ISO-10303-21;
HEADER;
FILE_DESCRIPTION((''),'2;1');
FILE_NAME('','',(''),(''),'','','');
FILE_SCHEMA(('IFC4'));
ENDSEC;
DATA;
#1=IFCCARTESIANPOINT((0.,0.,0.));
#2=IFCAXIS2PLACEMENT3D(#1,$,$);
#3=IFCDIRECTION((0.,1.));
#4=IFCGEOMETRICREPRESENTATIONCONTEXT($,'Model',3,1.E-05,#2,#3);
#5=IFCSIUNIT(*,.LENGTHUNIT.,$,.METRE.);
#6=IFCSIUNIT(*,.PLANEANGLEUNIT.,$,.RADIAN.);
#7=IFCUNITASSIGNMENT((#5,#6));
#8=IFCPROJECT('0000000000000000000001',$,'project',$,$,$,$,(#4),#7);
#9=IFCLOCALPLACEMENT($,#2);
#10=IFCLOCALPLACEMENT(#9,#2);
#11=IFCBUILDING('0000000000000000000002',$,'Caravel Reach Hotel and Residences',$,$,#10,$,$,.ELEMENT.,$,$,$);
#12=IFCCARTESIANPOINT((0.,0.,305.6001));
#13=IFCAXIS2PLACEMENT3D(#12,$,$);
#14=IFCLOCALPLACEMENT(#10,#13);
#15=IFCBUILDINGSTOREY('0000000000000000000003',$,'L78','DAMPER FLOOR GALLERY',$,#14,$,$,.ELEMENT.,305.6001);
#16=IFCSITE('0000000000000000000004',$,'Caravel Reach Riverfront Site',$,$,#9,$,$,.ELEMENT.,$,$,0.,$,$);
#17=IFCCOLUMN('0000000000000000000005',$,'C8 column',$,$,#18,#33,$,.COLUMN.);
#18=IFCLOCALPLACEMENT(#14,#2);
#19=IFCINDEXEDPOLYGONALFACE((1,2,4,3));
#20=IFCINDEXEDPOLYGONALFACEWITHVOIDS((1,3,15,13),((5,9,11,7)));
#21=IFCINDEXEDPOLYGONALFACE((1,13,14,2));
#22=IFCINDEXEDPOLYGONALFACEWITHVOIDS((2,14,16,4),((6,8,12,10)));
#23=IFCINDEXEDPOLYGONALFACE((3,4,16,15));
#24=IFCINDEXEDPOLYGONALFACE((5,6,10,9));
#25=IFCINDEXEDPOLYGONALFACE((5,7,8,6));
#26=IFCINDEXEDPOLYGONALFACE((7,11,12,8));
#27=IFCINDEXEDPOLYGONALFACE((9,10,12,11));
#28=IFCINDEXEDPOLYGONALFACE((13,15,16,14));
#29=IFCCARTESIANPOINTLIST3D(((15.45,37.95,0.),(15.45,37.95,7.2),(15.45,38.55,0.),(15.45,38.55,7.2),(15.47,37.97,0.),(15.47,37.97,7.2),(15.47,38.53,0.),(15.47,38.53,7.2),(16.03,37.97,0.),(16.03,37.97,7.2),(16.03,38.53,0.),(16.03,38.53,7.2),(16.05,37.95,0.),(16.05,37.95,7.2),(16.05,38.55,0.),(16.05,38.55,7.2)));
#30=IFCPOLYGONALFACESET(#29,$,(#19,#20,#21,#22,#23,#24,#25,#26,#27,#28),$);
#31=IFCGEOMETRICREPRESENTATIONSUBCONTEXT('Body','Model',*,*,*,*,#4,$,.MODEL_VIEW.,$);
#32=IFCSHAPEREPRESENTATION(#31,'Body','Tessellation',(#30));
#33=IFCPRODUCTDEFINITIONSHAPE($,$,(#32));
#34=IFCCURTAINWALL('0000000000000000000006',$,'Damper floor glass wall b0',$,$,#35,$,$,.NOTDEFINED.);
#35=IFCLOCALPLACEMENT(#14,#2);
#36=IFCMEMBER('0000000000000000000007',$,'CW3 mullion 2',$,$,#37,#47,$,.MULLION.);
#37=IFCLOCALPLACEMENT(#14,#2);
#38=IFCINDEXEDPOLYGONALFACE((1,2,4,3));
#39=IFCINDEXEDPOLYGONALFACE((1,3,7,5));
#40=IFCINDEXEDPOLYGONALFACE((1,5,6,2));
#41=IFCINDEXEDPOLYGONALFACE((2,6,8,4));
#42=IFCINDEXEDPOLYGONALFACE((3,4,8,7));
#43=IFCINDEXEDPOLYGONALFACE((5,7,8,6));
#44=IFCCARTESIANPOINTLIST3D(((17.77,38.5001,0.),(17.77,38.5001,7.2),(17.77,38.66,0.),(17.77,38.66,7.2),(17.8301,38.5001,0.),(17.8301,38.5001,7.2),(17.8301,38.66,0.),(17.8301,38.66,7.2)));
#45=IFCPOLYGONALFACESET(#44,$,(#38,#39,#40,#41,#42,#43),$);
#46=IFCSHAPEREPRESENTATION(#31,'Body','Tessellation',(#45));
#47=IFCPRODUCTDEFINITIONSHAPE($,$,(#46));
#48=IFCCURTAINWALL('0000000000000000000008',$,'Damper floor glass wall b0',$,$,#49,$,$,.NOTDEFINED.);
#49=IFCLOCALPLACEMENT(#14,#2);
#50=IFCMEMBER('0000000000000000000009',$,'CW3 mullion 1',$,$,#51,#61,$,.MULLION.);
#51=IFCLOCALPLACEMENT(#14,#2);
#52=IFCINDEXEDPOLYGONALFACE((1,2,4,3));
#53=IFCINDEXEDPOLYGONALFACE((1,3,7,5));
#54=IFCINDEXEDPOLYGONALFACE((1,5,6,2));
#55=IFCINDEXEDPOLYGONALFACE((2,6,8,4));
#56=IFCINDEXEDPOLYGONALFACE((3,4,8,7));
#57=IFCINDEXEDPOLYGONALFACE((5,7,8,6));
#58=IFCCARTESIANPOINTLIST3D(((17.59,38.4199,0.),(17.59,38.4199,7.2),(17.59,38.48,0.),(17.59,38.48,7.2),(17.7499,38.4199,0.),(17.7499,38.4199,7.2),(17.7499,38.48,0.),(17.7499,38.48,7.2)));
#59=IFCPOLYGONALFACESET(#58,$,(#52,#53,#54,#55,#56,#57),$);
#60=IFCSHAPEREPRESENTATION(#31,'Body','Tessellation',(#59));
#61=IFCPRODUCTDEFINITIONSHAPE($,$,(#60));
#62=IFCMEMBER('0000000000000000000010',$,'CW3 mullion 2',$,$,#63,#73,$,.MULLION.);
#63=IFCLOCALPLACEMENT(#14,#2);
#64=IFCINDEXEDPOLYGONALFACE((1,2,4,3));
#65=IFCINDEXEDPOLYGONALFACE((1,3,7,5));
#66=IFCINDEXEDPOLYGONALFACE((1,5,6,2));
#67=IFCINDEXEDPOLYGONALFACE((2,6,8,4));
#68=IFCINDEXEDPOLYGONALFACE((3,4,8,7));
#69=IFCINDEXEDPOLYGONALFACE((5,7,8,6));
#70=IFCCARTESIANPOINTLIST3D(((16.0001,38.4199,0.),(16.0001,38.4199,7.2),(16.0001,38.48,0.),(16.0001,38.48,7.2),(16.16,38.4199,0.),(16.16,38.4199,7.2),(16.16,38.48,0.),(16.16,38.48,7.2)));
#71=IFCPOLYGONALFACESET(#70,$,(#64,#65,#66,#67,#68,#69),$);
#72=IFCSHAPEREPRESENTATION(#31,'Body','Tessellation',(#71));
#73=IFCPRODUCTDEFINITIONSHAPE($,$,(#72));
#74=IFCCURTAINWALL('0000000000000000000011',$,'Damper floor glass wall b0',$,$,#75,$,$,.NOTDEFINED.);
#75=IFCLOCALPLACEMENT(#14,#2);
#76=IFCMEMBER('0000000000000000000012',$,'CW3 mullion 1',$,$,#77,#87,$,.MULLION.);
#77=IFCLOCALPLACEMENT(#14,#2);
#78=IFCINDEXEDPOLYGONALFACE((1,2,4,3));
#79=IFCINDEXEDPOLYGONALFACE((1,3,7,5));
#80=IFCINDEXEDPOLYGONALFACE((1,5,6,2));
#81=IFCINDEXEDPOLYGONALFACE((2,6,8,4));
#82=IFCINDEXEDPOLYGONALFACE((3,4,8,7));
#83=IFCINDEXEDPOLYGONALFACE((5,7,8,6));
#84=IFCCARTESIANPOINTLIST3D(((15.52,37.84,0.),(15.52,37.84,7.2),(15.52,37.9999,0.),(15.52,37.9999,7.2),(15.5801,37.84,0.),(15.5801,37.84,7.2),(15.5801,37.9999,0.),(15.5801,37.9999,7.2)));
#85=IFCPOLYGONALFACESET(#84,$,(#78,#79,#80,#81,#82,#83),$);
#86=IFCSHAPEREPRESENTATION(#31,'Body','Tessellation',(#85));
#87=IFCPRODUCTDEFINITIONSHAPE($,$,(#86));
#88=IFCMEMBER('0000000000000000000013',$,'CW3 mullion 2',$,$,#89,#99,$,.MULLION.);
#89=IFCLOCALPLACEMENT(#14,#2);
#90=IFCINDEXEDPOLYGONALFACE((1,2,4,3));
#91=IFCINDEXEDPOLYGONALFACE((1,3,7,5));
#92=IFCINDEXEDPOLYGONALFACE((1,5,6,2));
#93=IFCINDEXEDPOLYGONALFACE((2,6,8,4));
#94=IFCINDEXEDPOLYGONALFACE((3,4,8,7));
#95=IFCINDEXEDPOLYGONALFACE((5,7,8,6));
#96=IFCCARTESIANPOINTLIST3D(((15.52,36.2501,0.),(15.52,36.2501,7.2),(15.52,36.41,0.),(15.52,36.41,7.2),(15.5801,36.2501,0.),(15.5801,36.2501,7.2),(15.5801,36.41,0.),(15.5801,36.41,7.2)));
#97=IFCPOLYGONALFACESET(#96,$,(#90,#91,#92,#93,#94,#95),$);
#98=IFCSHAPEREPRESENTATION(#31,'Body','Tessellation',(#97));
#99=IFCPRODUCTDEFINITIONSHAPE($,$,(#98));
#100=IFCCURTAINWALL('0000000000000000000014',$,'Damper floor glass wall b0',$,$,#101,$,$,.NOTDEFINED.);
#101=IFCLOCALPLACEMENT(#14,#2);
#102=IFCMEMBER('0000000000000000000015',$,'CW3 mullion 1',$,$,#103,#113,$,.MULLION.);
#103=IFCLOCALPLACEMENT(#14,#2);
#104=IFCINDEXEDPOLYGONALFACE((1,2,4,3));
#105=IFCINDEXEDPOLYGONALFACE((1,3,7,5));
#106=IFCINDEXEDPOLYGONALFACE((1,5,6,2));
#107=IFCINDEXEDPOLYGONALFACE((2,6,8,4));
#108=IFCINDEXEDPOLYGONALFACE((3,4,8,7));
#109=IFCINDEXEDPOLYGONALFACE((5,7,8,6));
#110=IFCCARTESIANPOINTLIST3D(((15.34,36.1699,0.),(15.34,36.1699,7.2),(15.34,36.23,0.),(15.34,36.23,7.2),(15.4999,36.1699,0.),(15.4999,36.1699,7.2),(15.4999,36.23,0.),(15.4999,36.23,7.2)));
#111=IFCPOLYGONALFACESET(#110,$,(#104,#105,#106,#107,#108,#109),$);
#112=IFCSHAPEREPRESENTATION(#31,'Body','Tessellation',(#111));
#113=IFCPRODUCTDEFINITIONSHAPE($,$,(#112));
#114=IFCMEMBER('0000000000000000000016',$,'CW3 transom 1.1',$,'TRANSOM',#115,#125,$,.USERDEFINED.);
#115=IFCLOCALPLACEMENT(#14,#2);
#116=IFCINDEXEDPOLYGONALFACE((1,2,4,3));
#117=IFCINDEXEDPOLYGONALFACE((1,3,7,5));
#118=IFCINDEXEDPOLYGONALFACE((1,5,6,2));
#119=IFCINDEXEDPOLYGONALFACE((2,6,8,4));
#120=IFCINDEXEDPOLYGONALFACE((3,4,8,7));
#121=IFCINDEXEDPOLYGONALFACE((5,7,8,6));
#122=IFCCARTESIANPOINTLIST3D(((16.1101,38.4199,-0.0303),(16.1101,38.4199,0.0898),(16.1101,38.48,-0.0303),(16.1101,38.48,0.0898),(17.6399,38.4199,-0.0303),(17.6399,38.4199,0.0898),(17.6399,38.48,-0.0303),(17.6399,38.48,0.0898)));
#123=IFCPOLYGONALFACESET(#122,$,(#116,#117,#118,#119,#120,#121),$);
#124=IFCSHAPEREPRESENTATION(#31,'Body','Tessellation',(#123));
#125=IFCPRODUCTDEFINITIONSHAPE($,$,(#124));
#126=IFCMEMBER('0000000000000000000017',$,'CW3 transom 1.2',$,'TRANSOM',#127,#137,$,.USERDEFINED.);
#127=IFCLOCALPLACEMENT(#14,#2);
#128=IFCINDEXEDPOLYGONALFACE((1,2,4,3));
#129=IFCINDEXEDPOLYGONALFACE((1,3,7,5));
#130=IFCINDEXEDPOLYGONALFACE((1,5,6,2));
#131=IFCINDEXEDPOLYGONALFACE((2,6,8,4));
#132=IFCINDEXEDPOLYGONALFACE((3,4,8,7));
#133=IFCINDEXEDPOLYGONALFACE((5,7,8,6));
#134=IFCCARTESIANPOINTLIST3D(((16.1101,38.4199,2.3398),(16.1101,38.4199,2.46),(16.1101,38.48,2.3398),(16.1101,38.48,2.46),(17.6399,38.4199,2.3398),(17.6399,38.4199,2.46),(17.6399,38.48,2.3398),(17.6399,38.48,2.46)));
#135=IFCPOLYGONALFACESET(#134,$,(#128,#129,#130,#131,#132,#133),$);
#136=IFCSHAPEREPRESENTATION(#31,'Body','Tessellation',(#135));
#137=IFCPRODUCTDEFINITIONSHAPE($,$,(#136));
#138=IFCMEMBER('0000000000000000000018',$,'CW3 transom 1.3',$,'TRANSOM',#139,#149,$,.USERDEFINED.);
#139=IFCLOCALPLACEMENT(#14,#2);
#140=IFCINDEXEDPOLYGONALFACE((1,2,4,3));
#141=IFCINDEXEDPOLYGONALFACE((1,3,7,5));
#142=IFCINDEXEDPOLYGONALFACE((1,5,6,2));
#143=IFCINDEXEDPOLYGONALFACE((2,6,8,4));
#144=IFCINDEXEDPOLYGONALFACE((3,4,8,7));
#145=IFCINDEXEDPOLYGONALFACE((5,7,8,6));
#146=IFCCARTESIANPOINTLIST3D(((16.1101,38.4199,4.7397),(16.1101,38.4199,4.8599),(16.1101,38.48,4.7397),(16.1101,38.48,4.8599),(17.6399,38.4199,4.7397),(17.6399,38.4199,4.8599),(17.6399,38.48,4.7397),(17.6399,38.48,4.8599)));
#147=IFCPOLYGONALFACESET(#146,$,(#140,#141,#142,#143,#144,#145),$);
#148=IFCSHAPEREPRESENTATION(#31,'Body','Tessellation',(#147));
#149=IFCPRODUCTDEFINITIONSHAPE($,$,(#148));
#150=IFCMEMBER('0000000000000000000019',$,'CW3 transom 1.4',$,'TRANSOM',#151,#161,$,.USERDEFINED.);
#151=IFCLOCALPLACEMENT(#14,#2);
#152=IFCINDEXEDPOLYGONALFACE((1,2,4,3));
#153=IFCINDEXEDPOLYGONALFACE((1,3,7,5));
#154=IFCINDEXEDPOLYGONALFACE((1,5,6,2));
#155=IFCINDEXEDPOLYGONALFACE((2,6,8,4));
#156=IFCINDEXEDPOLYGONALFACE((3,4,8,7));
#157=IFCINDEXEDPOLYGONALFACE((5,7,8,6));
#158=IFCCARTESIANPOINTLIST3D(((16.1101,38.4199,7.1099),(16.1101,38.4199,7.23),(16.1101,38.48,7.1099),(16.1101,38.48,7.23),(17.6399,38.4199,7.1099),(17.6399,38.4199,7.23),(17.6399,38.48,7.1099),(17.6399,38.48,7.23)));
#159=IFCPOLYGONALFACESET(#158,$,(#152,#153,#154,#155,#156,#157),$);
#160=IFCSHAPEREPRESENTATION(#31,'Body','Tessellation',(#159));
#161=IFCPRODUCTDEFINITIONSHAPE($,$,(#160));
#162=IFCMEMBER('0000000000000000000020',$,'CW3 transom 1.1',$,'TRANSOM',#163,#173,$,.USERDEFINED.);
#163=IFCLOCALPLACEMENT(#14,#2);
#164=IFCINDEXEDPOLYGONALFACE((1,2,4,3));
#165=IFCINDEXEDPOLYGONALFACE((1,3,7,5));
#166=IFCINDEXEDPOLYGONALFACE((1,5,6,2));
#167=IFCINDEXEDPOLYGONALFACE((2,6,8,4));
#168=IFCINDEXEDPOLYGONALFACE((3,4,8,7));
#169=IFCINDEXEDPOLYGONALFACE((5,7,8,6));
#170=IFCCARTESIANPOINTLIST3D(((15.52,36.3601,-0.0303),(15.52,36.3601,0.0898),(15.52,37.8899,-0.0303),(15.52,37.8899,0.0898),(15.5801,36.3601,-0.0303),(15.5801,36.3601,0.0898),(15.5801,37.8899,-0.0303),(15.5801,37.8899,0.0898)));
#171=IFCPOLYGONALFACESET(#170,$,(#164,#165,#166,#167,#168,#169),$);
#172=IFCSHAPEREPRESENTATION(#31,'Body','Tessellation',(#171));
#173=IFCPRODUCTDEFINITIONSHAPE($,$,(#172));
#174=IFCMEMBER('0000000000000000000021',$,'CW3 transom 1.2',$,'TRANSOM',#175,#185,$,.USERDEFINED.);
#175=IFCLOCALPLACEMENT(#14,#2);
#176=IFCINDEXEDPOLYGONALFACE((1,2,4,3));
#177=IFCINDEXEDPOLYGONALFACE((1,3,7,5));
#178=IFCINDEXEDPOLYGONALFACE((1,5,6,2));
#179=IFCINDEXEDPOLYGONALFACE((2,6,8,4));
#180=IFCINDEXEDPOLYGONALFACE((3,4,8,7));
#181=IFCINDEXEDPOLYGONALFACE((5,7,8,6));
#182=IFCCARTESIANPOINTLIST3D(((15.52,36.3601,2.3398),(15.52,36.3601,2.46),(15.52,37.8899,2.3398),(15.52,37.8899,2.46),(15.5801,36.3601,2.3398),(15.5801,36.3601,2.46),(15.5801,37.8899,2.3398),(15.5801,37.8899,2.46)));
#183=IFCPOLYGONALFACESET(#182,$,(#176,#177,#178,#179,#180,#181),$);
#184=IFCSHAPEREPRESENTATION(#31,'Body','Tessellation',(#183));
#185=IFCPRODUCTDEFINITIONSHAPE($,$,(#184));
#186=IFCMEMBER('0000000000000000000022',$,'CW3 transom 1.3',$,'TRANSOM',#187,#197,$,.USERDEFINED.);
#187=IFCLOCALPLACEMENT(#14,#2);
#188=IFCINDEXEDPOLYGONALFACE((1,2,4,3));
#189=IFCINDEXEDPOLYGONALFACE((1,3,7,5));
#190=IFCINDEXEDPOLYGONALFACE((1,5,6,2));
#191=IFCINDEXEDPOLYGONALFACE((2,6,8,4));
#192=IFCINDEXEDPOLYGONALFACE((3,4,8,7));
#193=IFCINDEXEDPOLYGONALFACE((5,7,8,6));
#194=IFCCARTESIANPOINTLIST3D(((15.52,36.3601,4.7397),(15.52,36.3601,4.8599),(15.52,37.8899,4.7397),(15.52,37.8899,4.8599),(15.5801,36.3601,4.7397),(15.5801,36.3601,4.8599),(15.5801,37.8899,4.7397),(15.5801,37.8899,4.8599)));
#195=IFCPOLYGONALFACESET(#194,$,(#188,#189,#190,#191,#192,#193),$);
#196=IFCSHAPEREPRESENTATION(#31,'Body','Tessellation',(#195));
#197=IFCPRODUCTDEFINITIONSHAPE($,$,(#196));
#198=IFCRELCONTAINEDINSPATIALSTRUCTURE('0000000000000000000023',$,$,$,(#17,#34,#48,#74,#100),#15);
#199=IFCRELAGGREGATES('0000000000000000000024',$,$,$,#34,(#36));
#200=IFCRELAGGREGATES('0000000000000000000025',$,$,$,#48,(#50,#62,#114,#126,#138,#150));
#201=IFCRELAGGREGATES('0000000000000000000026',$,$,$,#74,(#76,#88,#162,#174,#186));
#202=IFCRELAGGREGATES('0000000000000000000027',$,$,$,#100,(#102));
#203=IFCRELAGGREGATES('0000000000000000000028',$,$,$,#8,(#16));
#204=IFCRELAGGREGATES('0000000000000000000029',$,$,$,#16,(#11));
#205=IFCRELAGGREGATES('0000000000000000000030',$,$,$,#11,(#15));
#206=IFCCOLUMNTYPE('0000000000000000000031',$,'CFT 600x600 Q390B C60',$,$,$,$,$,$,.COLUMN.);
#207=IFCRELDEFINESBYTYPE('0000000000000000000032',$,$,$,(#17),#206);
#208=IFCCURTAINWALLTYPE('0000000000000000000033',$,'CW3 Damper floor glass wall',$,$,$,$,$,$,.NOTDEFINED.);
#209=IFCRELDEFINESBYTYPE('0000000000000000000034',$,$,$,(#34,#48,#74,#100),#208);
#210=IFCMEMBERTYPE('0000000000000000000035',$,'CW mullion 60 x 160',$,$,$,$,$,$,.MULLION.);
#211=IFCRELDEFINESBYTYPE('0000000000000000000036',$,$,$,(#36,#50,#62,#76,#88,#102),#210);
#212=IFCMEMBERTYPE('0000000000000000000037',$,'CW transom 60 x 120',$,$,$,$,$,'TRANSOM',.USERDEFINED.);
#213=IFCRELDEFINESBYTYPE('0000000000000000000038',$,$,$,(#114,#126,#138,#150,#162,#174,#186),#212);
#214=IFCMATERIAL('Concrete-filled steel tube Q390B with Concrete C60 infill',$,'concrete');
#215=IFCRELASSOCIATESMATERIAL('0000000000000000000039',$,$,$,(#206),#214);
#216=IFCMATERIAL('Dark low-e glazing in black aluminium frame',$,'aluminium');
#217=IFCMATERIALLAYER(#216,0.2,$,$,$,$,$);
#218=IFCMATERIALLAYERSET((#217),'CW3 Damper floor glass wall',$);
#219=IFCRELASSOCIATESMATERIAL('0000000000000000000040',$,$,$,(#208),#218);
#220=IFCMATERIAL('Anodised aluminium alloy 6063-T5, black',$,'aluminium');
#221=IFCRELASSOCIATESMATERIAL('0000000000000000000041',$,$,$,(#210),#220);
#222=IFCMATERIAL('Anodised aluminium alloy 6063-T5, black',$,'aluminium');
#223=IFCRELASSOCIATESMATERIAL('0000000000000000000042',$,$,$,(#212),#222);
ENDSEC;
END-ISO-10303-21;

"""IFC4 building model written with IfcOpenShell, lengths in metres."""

from ifc_helpers import new_model, si_unit, direction, frame, origin, origin_2d, place, context, subcontext, project, spatial, rectangle, hollow_rectangle, extrude, material, layer, layer_set, material_profile, profile_set, type_object, element, aggregate, save


model = new_model("IFC4")

# Units and contexts
model_context = context("Model", 3, precision=1e-05, world=origin(), true_north=direction((0.0, 1.0)))
body_context = subcontext(model_context, "Body", "Model", "MODEL_VIEW")
ifc_project = project(units=[si_unit("LENGTHUNIT", "METRE"), si_unit("PLANEANGLEUNIT", "RADIAN")], contexts=[model_context])

# Site, building, storey
site_placement = place(None, origin())
site = spatial("IfcSite", under=ifc_project, at=site_placement, Name="Caravel Reach Riverfront Site", CompositionType="ELEMENT", RefElevation=0.0)
building_placement = place(site_placement, origin())
building = spatial("IfcBuilding", under=site, at=building_placement, Name="Caravel Reach Hotel and Residences", CompositionType="ELEMENT")
storey_placement = place(building_placement, frame((0.0, 0.0, 305.6001)))
storey = spatial("IfcBuildingStorey", under=building, at=storey_placement, Name="L78", Description="DAMPER FLOOR GALLERY", CompositionType="ELEMENT", Elevation=305.6001)

# Column
ifc_material_1 = material(Name="Concrete-filled steel tube Q390B with Concrete C60 infill", Category="concrete")
ifc_material_profile_1 = material_profile(ifc_material_1, hollow_rectangle(XDim=0.6001, YDim=0.6001, WallThickness=0.02, at=origin_2d()), Name="RHS 600x600x20")
ifc_profile_set_1 = profile_set([ifc_material_profile_1], Name="Concrete-filled steel tube Q390B with Concrete C60 infill")
column_type = type_object("IfcColumnType", Name="CFT 600x600 Q390B C60", PredefinedType="COLUMN", material=ifc_profile_set_1)
column_placement = place(storey_placement, frame((15.75, 38.25, 0.0), z_axis=(0.0, 0.0, 1.0), x_axis=(1.0, 0.0, 0.0)))
element("IfcColumn", 1, at=column_placement, inside=storey, type_object=column_type, Name="C8 column", PredefinedType="COLUMN", context=body_context, shape_type="SweptSolid", body=[
    extrude(hollow_rectangle(XDim=0.6001, YDim=0.6001, WallThickness=0.02, at=origin_2d()), origin(), (0.0, 0.0, 1.0), 7.2),
])

# Curtain wall, member
ifc_material_2 = material(Name="Dark low-e glazing in black aluminium frame", Category="aluminium")
ifc_layer_1 = layer(ifc_material_2, 0.2)
ifc_layer_set_1 = layer_set([ifc_layer_1], Name="CW3 Damper floor glass wall")
curtain_wall_type = type_object("IfcCurtainWallType", Name="CW3 Damper floor glass wall", PredefinedType="NOTDEFINED", material=ifc_layer_set_1)
curtain_wall_1_placement = place(storey_placement, origin())
curtain_wall_1 = element("IfcCurtainWall", 2, at=curtain_wall_1_placement, inside=storey, type_object=curtain_wall_type, Name="Damper floor glass wall b0", PredefinedType="NOTDEFINED")
ifc_material_3 = material(Name="Anodised aluminium alloy 6063-T5, black", Category="aluminium")
ifc_material_profile_2 = material_profile(ifc_material_3, rectangle(XDim=0.0601, YDim=0.1599, at=origin_2d()), Name="CW mullion 60 x 160")
ifc_profile_set_2 = profile_set([ifc_material_profile_2], Name="Anodised aluminium alloy 6063-T5, black")
member_type_1 = type_object("IfcMemberType", Name="CW mullion 60 x 160", PredefinedType="MULLION", material=ifc_profile_set_2)
member_1_placement = place(storey_placement, frame((17.8, 38.5801, 0.0), z_axis=(0.0, 0.0, 1.0), x_axis=(1.0, 0.0, 0.0)))
member_1 = element("IfcMember", 3, at=member_1_placement, type_object=member_type_1, Name="CW3 mullion 2", PredefinedType="MULLION", context=body_context, shape_type="SweptSolid", body=[
    extrude(rectangle(XDim=0.0601, YDim=0.1599, at=origin_2d()), origin(), (0.0, 0.0, 1.0), 7.2),
])
aggregate(curtain_wall_1, [member_1])

# Curtain walls, members
curtain_wall_2_placement = place(storey_placement, origin())
curtain_wall_2 = element("IfcCurtainWall", 4, at=curtain_wall_2_placement, inside=storey, type_object=curtain_wall_type, Name="Damper floor glass wall b0", PredefinedType="NOTDEFINED")
member_2_placement = place(storey_placement, frame((17.6699, 38.45, 0.0), z_axis=(0.0, 0.0, 1.0), x_axis=(0.0, -1.0, 0.0)))
member_2 = element("IfcMember", 5, at=member_2_placement, type_object=member_type_1, Name="CW3 mullion 1", PredefinedType="MULLION", context=body_context, shape_type="SweptSolid", body=[
    extrude(rectangle(XDim=0.0601, YDim=0.1599, at=origin_2d()), origin(), (0.0, 0.0, 1.0), 7.2),
])
member_3_placement = place(storey_placement, frame((16.0801, 38.45, 0.0), z_axis=(0.0, 0.0, 1.0), x_axis=(0.0, -1.0, 0.0)))
member_3 = element("IfcMember", 6, at=member_3_placement, type_object=member_type_1, Name="CW3 mullion 2", PredefinedType="MULLION", context=body_context, shape_type="SweptSolid", body=[
    extrude(rectangle(XDim=0.0601, YDim=0.1599, at=origin_2d()), origin(), (0.0, 0.0, 1.0), 7.2),
])
curtain_wall_3_placement = place(storey_placement, origin())
curtain_wall_3 = element("IfcCurtainWall", 7, at=curtain_wall_3_placement, inside=storey, type_object=curtain_wall_type, Name="Damper floor glass wall b0", PredefinedType="NOTDEFINED")
member_4_placement = place(storey_placement, frame((15.55, 37.9199, 0.0), z_axis=(0.0, 0.0, 1.0), x_axis=(1.0, 0.0, 0.0)))
member_4 = element("IfcMember", 8, at=member_4_placement, type_object=member_type_1, Name="CW3 mullion 1", PredefinedType="MULLION", context=body_context, shape_type="SweptSolid", body=[
    extrude(rectangle(XDim=0.0601, YDim=0.1599, at=origin_2d()), origin(), (0.0, 0.0, 1.0), 7.2),
])
member_5_placement = place(storey_placement, frame((15.55, 36.3301, 0.0), z_axis=(0.0, 0.0, 1.0), x_axis=(1.0, 0.0, 0.0)))
member_5 = element("IfcMember", 9, at=member_5_placement, type_object=member_type_1, Name="CW3 mullion 2", PredefinedType="MULLION", context=body_context, shape_type="SweptSolid", body=[
    extrude(rectangle(XDim=0.0601, YDim=0.1599, at=origin_2d()), origin(), (0.0, 0.0, 1.0), 7.2),
])

# Curtain wall, member
curtain_wall_4_placement = place(storey_placement, origin())
curtain_wall_4 = element("IfcCurtainWall", 10, at=curtain_wall_4_placement, inside=storey, type_object=curtain_wall_type, Name="Damper floor glass wall b0", PredefinedType="NOTDEFINED")
member_6_placement = place(storey_placement, frame((15.4199, 36.2, 0.0), z_axis=(0.0, 0.0, 1.0), x_axis=(0.0, -1.0, 0.0)))
member_6 = element("IfcMember", 11, at=member_6_placement, type_object=member_type_1, Name="CW3 mullion 1", PredefinedType="MULLION", context=body_context, shape_type="SweptSolid", body=[
    extrude(rectangle(XDim=0.0601, YDim=0.1599, at=origin_2d()), origin(), (0.0, 0.0, 1.0), 7.2),
])

# Members
ifc_material_4 = material(Name="Anodised aluminium alloy 6063-T5, black", Category="aluminium")
ifc_material_profile_3 = material_profile(ifc_material_4, rectangle(XDim=0.0601, YDim=0.1201, at=origin_2d()), Name="CW transom 60 x 120")
ifc_profile_set_3 = profile_set([ifc_material_profile_3], Name="Anodised aluminium alloy 6063-T5, black")
member_type_2 = type_object("IfcMemberType", Name="CW transom 60 x 120", ElementType="TRANSOM", PredefinedType="USERDEFINED", material=ifc_profile_set_3)
member_7_placement = place(storey_placement, frame((17.6399, 38.45, 0.0298), z_axis=(-1.0, 0.0, 0.0), x_axis=(0.0, -1.0, 0.0)))
member_7 = element("IfcMember", 12, at=member_7_placement, type_object=member_type_2, Name="CW3 transom 1.1", ObjectType="TRANSOM", PredefinedType="USERDEFINED", context=body_context, shape_type="SweptSolid", body=[
    extrude(rectangle(XDim=0.0601, YDim=0.1201, at=origin_2d()), origin(), (0.0, 0.0, 1.0), 1.5298),
])
member_8_placement = place(storey_placement, frame((17.6399, 38.45, 2.3999), z_axis=(-1.0, 0.0, 0.0), x_axis=(0.0, -1.0, 0.0)))
member_8 = element("IfcMember", 13, at=member_8_placement, type_object=member_type_2, Name="CW3 transom 1.2", ObjectType="TRANSOM", PredefinedType="USERDEFINED", context=body_context, shape_type="SweptSolid", body=[
    extrude(rectangle(XDim=0.0601, YDim=0.1201, at=origin_2d()), origin(), (0.0, 0.0, 1.0), 1.5298),
])
member_9_placement = place(storey_placement, frame((17.6399, 38.45, 4.7998), z_axis=(-1.0, 0.0, 0.0), x_axis=(0.0, -1.0, 0.0)))
member_9 = element("IfcMember", 14, at=member_9_placement, type_object=member_type_2, Name="CW3 transom 1.3", ObjectType="TRANSOM", PredefinedType="USERDEFINED", context=body_context, shape_type="SweptSolid", body=[
    extrude(rectangle(XDim=0.0601, YDim=0.1201, at=origin_2d()), origin(), (0.0, 0.0, 1.0), 1.5298),
])
member_10_placement = place(storey_placement, frame((17.6399, 38.45, 7.1699), z_axis=(-1.0, 0.0, 0.0), x_axis=(0.0, -1.0, 0.0)))
member_10 = element("IfcMember", 15, at=member_10_placement, type_object=member_type_2, Name="CW3 transom 1.4", ObjectType="TRANSOM", PredefinedType="USERDEFINED", context=body_context, shape_type="SweptSolid", body=[
    extrude(rectangle(XDim=0.0601, YDim=0.1201, at=origin_2d()), origin(), (0.0, 0.0, 1.0), 1.5298),
])
member_11_placement = place(storey_placement, frame((15.55, 37.8899, 0.0298), z_axis=(0.0, -1.0, 0.0), x_axis=(1.0, 0.0, 0.0)))
member_11 = element("IfcMember", 16, at=member_11_placement, type_object=member_type_2, Name="CW3 transom 1.1", ObjectType="TRANSOM", PredefinedType="USERDEFINED", context=body_context, shape_type="SweptSolid", body=[
    extrude(rectangle(XDim=0.0601, YDim=0.1201, at=origin_2d()), origin(), (0.0, 0.0, 1.0), 1.5298),
])
member_12_placement = place(storey_placement, frame((15.55, 37.8899, 2.3999), z_axis=(0.0, -1.0, 0.0), x_axis=(1.0, 0.0, 0.0)))
member_12 = element("IfcMember", 17, at=member_12_placement, type_object=member_type_2, Name="CW3 transom 1.2", ObjectType="TRANSOM", PredefinedType="USERDEFINED", context=body_context, shape_type="SweptSolid", body=[
    extrude(rectangle(XDim=0.0601, YDim=0.1201, at=origin_2d()), origin(), (0.0, 0.0, 1.0), 1.5298),
])
member_13_placement = place(storey_placement, frame((15.55, 37.8899, 4.7998), z_axis=(0.0, -1.0, 0.0), x_axis=(1.0, 0.0, 0.0)))
member_13 = element("IfcMember", 18, at=member_13_placement, type_object=member_type_2, Name="CW3 transom 1.3", ObjectType="TRANSOM", PredefinedType="USERDEFINED", context=body_context, shape_type="SweptSolid", body=[
    extrude(rectangle(XDim=0.0601, YDim=0.1201, at=origin_2d()), origin(), (0.0, 0.0, 1.0), 1.5298),
])

aggregate(curtain_wall_2, [member_2, member_3, member_7, member_8, member_9, member_10])
aggregate(curtain_wall_3, [member_4, member_5, member_11, member_12, member_13])
aggregate(curtain_wall_4, [member_6])

save(model, "model.ifc")
